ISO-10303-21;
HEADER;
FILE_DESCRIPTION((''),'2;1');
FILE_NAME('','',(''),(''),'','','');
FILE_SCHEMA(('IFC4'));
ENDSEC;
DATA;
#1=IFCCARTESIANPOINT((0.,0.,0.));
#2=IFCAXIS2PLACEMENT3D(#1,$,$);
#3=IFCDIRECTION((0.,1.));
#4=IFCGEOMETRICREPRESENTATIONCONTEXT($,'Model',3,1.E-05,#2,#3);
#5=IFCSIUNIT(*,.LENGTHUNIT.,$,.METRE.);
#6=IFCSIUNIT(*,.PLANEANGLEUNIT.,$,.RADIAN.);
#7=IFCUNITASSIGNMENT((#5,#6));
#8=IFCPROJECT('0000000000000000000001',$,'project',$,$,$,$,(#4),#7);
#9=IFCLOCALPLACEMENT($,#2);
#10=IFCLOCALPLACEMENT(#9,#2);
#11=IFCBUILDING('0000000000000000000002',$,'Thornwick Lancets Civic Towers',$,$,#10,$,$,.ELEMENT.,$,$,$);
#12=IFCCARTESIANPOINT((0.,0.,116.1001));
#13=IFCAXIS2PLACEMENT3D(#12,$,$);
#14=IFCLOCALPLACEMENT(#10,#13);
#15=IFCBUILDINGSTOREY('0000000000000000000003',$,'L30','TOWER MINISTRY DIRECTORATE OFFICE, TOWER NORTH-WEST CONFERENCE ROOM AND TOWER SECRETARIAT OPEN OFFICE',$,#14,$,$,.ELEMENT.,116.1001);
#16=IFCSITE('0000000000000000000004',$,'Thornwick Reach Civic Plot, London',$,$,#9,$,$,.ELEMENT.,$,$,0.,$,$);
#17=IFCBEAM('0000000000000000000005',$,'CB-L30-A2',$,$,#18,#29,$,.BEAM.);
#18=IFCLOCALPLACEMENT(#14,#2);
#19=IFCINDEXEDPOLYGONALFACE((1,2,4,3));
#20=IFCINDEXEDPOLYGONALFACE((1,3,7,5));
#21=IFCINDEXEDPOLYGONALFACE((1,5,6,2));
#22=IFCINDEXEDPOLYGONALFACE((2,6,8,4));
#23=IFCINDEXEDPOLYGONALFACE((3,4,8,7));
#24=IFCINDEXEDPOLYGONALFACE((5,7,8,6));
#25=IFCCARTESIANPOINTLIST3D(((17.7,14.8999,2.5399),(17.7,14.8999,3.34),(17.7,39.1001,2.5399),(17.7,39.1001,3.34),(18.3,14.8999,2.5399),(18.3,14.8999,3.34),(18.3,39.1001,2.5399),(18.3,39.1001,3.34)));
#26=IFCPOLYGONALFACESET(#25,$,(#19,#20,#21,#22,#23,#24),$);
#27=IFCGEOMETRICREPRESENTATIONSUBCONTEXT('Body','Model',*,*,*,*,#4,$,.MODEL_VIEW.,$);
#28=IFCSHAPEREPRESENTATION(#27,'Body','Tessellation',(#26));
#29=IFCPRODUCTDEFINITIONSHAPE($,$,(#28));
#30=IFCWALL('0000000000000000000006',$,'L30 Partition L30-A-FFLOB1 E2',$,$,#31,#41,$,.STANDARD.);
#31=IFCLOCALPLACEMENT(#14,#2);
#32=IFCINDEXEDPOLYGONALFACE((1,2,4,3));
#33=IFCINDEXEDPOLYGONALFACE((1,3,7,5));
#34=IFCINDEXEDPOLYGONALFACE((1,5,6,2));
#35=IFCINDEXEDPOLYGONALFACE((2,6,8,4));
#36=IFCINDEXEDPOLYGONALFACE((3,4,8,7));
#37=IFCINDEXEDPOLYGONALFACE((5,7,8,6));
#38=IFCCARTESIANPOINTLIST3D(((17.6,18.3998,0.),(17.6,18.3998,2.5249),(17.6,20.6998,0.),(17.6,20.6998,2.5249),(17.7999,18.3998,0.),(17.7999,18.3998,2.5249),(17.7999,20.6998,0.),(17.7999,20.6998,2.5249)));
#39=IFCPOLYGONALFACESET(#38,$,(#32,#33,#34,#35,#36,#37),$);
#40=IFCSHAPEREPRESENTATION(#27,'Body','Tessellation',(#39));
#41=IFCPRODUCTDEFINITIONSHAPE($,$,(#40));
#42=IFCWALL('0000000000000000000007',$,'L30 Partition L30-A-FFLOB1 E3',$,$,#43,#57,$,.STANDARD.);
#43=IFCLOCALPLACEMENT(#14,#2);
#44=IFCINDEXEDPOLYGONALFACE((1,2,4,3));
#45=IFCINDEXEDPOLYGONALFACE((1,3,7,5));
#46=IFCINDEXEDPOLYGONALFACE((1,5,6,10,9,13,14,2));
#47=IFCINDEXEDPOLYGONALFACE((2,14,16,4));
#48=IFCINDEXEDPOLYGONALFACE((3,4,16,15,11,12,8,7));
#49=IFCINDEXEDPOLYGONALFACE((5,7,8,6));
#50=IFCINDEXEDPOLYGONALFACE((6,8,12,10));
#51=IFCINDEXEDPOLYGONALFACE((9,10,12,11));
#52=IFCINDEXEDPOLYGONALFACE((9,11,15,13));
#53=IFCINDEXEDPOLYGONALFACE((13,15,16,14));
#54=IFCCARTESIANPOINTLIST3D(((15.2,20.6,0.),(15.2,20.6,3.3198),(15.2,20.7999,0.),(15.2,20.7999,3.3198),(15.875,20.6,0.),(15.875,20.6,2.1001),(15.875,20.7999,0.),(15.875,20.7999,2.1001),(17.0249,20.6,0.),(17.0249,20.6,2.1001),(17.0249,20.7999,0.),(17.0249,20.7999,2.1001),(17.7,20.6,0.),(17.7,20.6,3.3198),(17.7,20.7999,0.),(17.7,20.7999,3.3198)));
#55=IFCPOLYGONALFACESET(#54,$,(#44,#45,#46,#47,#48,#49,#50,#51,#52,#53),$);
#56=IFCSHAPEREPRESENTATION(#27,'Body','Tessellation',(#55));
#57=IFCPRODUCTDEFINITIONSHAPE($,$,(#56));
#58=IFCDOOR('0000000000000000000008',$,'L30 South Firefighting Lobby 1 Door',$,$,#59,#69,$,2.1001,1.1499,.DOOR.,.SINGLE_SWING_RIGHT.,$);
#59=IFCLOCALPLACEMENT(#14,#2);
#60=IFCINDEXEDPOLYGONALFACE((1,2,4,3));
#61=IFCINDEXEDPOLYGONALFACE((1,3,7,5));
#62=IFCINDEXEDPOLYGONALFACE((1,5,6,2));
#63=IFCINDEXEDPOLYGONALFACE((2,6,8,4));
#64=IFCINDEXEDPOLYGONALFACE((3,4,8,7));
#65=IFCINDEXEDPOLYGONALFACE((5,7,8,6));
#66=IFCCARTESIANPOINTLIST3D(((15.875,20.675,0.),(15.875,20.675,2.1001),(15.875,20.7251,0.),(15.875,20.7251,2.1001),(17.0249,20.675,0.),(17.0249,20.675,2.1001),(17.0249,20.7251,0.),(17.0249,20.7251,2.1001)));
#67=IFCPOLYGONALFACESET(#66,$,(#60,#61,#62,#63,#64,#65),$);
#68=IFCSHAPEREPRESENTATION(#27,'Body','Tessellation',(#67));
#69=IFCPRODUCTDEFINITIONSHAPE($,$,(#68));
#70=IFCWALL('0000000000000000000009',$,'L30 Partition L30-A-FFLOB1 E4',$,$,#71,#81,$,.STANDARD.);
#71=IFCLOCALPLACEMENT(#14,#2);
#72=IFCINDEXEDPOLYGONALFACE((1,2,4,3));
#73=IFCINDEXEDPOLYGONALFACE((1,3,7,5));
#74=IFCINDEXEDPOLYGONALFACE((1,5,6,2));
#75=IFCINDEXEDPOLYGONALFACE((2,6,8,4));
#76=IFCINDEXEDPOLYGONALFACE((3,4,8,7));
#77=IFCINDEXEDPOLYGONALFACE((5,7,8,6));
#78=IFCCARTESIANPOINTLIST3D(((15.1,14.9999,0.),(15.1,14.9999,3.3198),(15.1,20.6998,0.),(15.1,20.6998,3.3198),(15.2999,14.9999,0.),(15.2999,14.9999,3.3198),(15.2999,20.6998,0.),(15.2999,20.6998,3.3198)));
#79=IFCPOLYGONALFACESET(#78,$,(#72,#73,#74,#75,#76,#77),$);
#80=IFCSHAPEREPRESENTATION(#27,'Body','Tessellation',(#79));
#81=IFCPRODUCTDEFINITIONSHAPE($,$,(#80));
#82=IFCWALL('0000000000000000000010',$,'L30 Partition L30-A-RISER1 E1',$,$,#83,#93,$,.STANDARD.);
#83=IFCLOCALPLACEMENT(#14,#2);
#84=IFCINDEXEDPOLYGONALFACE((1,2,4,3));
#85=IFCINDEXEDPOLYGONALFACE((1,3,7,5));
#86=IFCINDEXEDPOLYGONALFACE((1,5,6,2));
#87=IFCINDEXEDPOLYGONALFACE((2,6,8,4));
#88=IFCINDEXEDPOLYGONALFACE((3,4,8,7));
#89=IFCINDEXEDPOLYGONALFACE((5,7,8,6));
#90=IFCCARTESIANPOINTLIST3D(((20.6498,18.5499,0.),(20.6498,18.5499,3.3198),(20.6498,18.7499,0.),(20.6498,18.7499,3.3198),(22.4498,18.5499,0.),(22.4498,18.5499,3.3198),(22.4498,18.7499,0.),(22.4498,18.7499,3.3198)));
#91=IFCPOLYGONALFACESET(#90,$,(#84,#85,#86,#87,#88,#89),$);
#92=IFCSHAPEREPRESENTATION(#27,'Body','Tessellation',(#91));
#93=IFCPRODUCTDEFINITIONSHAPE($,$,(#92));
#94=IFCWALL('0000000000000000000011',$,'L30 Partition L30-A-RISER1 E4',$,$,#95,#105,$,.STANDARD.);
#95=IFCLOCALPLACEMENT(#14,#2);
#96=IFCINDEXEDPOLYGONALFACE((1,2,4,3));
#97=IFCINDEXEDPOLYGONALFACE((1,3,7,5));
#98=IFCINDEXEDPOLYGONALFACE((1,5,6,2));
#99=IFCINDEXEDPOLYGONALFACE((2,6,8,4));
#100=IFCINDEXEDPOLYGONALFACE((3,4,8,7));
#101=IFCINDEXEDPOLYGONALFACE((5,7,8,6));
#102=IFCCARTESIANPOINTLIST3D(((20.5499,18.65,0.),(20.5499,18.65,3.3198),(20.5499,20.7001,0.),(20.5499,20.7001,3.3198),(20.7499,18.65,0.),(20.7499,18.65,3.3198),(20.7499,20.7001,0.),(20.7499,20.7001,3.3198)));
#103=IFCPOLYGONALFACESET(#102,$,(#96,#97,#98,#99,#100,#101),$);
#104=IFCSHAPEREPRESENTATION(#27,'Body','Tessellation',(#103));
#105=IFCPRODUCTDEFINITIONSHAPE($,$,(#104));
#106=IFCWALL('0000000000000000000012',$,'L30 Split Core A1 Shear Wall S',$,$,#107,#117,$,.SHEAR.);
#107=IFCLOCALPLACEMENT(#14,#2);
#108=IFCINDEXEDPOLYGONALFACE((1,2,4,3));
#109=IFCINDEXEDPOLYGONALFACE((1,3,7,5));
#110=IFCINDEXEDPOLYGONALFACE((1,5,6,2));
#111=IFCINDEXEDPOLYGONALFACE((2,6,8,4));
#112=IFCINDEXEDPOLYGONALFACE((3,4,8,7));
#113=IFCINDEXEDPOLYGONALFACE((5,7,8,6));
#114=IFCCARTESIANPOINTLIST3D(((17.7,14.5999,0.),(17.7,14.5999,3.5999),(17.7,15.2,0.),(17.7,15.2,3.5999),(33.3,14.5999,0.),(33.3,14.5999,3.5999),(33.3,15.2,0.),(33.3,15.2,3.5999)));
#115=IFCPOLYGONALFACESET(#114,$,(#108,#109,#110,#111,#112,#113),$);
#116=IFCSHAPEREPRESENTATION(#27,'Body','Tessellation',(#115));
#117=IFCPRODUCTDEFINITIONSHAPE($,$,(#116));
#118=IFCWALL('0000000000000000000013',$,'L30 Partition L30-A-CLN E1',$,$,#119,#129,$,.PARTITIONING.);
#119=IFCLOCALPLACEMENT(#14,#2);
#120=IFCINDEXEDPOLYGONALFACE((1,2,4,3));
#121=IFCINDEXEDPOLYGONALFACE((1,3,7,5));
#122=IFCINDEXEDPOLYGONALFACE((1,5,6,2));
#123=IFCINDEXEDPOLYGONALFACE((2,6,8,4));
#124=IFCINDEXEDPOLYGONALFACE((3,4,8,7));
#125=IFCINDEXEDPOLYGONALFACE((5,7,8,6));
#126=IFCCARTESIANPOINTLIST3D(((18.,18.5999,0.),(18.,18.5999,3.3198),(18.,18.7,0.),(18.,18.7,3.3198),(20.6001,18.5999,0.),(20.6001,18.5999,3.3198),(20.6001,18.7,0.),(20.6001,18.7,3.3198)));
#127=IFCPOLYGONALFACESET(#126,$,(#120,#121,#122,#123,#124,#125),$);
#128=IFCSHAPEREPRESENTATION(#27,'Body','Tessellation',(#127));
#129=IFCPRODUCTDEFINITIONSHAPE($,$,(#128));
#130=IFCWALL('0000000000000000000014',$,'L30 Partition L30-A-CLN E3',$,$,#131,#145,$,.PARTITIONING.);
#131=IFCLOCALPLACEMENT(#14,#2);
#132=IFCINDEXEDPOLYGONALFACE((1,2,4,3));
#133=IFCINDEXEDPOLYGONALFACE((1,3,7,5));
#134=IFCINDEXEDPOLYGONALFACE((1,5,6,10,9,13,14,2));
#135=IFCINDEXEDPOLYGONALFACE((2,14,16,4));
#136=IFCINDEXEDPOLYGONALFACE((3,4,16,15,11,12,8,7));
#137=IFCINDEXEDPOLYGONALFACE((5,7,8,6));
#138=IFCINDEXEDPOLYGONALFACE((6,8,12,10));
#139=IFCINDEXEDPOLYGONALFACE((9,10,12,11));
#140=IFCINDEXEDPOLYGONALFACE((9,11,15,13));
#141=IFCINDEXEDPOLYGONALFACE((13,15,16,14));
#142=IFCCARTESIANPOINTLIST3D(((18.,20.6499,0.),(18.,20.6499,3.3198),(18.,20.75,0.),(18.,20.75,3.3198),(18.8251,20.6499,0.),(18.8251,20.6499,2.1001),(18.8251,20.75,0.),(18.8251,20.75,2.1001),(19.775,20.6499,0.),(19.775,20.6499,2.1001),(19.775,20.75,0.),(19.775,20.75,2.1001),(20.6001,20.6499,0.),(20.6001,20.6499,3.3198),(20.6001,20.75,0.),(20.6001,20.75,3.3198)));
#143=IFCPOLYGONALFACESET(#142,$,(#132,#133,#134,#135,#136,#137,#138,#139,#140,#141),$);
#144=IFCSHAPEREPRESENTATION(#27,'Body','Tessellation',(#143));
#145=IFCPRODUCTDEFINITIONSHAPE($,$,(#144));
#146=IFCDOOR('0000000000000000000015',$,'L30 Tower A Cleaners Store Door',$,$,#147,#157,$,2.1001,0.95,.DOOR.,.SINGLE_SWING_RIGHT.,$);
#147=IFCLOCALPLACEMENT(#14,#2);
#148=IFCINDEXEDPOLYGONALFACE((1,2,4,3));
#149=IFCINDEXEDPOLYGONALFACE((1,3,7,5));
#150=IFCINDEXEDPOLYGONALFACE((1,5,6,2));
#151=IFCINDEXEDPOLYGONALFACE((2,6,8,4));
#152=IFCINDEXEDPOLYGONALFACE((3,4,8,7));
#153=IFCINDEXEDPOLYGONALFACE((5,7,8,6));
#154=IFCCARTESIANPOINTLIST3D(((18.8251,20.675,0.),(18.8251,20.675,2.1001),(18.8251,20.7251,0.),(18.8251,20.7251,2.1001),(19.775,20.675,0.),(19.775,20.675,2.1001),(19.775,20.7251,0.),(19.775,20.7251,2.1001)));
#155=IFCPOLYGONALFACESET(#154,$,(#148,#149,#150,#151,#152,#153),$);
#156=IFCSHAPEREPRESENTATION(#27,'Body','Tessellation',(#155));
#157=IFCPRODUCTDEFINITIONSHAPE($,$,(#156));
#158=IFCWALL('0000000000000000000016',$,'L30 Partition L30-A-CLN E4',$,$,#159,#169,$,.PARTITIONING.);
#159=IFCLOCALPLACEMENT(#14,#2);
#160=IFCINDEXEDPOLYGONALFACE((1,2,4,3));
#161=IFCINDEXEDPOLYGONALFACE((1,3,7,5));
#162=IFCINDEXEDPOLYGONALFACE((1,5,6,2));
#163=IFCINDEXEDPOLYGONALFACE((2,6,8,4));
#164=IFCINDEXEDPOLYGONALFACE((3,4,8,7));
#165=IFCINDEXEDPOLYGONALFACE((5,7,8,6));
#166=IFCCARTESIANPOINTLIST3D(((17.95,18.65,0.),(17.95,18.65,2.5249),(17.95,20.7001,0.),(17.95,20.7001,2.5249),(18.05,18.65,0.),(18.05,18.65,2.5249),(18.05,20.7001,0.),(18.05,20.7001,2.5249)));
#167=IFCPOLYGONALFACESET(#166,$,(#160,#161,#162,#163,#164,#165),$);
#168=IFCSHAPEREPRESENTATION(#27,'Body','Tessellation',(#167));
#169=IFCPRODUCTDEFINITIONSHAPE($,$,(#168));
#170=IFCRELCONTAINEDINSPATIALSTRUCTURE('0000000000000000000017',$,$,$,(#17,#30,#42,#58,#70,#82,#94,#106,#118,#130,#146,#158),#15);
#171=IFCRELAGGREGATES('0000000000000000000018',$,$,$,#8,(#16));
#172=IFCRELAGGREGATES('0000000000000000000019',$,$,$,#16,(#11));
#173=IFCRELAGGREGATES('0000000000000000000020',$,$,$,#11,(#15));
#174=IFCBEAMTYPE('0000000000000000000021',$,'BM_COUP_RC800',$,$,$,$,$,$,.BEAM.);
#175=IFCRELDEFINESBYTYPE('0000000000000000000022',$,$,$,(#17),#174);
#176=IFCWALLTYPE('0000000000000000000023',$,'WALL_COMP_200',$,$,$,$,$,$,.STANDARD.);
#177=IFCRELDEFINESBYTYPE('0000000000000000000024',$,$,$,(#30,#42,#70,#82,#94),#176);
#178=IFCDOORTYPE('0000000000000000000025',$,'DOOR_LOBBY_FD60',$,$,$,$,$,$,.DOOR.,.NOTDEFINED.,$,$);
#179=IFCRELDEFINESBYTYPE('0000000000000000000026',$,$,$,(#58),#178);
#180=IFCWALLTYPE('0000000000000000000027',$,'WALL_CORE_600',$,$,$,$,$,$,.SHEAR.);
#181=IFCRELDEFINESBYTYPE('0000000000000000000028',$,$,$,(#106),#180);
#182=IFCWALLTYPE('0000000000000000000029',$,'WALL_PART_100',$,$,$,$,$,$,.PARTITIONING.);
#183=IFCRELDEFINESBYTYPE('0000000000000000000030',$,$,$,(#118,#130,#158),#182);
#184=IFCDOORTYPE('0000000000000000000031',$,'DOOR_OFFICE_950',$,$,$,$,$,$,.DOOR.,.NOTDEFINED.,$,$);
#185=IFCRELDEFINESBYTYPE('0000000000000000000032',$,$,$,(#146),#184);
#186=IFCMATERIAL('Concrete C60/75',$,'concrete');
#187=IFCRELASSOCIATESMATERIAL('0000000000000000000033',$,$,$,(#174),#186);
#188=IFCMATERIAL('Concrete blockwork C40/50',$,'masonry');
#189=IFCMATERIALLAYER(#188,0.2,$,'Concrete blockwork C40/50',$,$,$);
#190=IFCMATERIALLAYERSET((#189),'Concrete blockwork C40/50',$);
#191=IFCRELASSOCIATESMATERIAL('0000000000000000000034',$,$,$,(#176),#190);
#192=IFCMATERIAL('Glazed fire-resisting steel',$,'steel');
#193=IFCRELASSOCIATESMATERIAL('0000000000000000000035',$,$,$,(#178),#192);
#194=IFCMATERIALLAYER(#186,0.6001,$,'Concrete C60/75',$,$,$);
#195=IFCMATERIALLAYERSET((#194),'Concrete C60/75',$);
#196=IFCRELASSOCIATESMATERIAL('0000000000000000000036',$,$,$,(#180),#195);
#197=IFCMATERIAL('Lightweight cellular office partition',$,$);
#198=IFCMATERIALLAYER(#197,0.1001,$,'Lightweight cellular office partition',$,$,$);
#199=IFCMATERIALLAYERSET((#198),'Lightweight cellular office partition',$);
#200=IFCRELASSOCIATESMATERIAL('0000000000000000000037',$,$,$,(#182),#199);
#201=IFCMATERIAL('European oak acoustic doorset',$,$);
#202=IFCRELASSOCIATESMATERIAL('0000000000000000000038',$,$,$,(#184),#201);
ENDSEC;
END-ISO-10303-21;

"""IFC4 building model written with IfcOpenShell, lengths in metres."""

from ifc_helpers import new_model, si_unit, direction, frame, frame_2d, origin, origin_2d, place, context, subcontext, project, spatial, rectangle, extrude, material, layer, layer_set, material_profile, profile_set, type_object, element, fill, save


model = new_model("IFC4")

# Units and contexts
model_context = context("Model", 3, precision=1e-05, world=origin(), true_north=direction((0.0, 1.0)))
body_context = subcontext(model_context, "Body", "Model", "MODEL_VIEW")
ifc_project = project(units=[si_unit("LENGTHUNIT", "METRE"), si_unit("PLANEANGLEUNIT", "RADIAN")], contexts=[model_context])

# Site, building, storey
site_placement = place(None, origin())
site = spatial("IfcSite", under=ifc_project, at=site_placement, Name="Thornwick Reach Civic Plot, London", CompositionType="ELEMENT", RefElevation=0.0)
building_placement = place(site_placement, origin())
building = spatial("IfcBuilding", under=site, at=building_placement, Name="Thornwick Lancets Civic Towers", CompositionType="ELEMENT")
storey_placement = place(building_placement, frame((0.0, 0.0, 116.1001)))
storey = spatial("IfcBuildingStorey", under=building, at=storey_placement, Name="L30", Description="TOWER MINISTRY DIRECTORATE OFFICE, TOWER NORTH-WEST CONFERENCE ROOM AND TOWER SECRETARIAT OPEN OFFICE", CompositionType="ELEMENT", Elevation=116.1001)

# Beam
ifc_material_1 = material(Name="Concrete C60/75", Category="concrete")
ifc_material_profile = material_profile(ifc_material_1, rectangle(XDim=0.6001, YDim=0.8, at=origin_2d()), Name="RC 600x800")
ifc_profile_set = profile_set([ifc_material_profile], Name="Concrete C60/75")
beam_type = type_object("IfcBeamType", Name="BM_COUP_RC800", PredefinedType="BEAM", material=ifc_profile_set)
beam_placement = place(storey_placement, frame((18.0, 14.8999, 2.9399), z_axis=(0.0, 1.0, 0.0), x_axis=(-1.0, 0.0, 0.0)))
element("IfcBeam", 1, at=beam_placement, inside=storey, type_object=beam_type, Name="CB-L30-A2", PredefinedType="BEAM", context=body_context, shape_type="SweptSolid", body=[
    extrude(rectangle(XDim=0.6001, YDim=0.8, at=origin_2d()), origin(), (0.0, 0.0, 1.0), 24.2002),
])

# Wall
ifc_material_2 = material(Name="Concrete blockwork C40/50", Category="masonry")
ifc_layer_1 = layer(ifc_material_2, 0.2, Name="Concrete blockwork C40/50")
ifc_layer_set_1 = layer_set([ifc_layer_1], Name="Concrete blockwork C40/50")
wall_type_1 = type_object("IfcWallType", Name="WALL_COMP_200", PredefinedType="STANDARD", material=ifc_layer_set_1)
wall_1_placement = place(storey_placement, frame((17.7, 18.3999, 0.0), z_axis=(0.0, 0.0, 1.0), x_axis=(0.0, 1.0, 0.0)))
element("IfcWall", 2, at=wall_1_placement, inside=storey, type_object=wall_type_1, Name="L30 Partition L30-A-FFLOB1 E2", PredefinedType="STANDARD", context=body_context, shape_type="SweptSolid", body=[
    extrude(rectangle(XDim=2.3, YDim=0.2, at=frame_2d((1.1499, 0.0))), origin(), (0.0, 0.0, 1.0), 2.5249),
])

# Wall, opening, door
wall_2_placement = place(storey_placement, frame((17.7, 20.7, 0.0), z_axis=(0.0, 0.0, 1.0), x_axis=(-1.0, 0.0, 0.0)))
wall_2 = element("IfcWall", 3, at=wall_2_placement, inside=storey, type_object=wall_type_1, Name="L30 Partition L30-A-FFLOB1 E3", PredefinedType="STANDARD", context=body_context, shape_type="SweptSolid", body=[
    extrude(rectangle(XDim=2.5, YDim=0.2, at=frame_2d((1.25, 0.0))), origin(), (0.0, 0.0, 1.0), 3.3198),
])
opening_1_placement = place(wall_2_placement, frame((0.675, 0.0, 0.0)))
opening_1 = element("IfcOpeningElement", 4, at=opening_1_placement, cuts=wall_2, PredefinedType="OPENING", context=body_context, shape_type="SweptSolid", body=[
    extrude(rectangle(XDim=1.1499, YDim=2.1001, at=frame_2d((0.575, 1.05))), frame((0.0, 0.1099, 0.0), z_axis=(0.0, -1.0, 0.0), x_axis=(1.0, 0.0, 0.0)), (0.0, 0.0, 1.0), 0.22),
])
ifc_material_3 = material(Name="Glazed fire-resisting steel", Category="steel")
door_type_1 = type_object("IfcDoorType", Name="DOOR_LOBBY_FD60", OperationType="NOTDEFINED", PredefinedType="DOOR", material=ifc_material_3)
door_1_placement = place(opening_1_placement, origin())
door_1 = element("IfcDoor", 5, at=door_1_placement, inside=storey, type_object=door_type_1, Name="L30 South Firefighting Lobby 1 Door", OperationType="SINGLE_SWING_RIGHT", OverallHeight=2.1001, OverallWidth=1.1499, PredefinedType="DOOR", context=body_context, shape_type="SweptSolid", body=[
    extrude(rectangle(XDim=1.1499, YDim=2.1001, at=frame_2d((0.575, 1.05))), frame((0.0, 0.0249, 0.0), z_axis=(0.0, -1.0, 0.0), x_axis=(1.0, 0.0, 0.0)), (0.0, 0.0, 1.0), 0.05),
])
fill(opening_1, door_1)

# Walls
wall_3_placement = place(storey_placement, frame((15.2, 20.7, 0.0), z_axis=(0.0, 0.0, 1.0), x_axis=(0.0, -1.0, 0.0)))
element("IfcWall", 6, at=wall_3_placement, inside=storey, type_object=wall_type_1, Name="L30 Partition L30-A-FFLOB1 E4", PredefinedType="STANDARD", context=body_context, shape_type="SweptSolid", body=[
    extrude(rectangle(XDim=5.7, YDim=0.2, at=frame_2d((2.8501, 0.0))), origin(), (0.0, 0.0, 1.0), 3.3198),
])
wall_4_placement = place(storey_placement, frame((20.6499, 18.6499, 0.0), z_axis=(0.0, 0.0, 1.0), x_axis=(1.0, 0.0, 0.0)))
element("IfcWall", 7, at=wall_4_placement, inside=storey, type_object=wall_type_1, Name="L30 Partition L30-A-RISER1 E1", PredefinedType="STANDARD", context=body_context, shape_type="SweptSolid", body=[
    extrude(rectangle(XDim=1.8, YDim=0.2, at=frame_2d((0.8999, 0.0))), origin(), (0.0, 0.0, 1.0), 3.3198),
])
wall_5_placement = place(storey_placement, frame((20.6499, 20.7, 0.0), z_axis=(0.0, 0.0, 1.0), x_axis=(0.0, -1.0, 0.0)))
element("IfcWall", 8, at=wall_5_placement, inside=storey, type_object=wall_type_1, Name="L30 Partition L30-A-RISER1 E4", PredefinedType="STANDARD", context=body_context, shape_type="SweptSolid", body=[
    extrude(rectangle(XDim=2.05, YDim=0.2, at=frame_2d((1.0249, 0.0))), origin(), (0.0, 0.0, 1.0), 3.3198),
])
ifc_layer_2 = layer(ifc_material_1, 0.6001, Name="Concrete C60/75")
ifc_layer_set_2 = layer_set([ifc_layer_2], Name="Concrete C60/75")
wall_type_2 = type_object("IfcWallType", Name="WALL_CORE_600", PredefinedType="SHEAR", material=ifc_layer_set_2)
wall_6_placement = place(storey_placement, frame((17.7, 14.8999, 0.0), z_axis=(0.0, 0.0, 1.0), x_axis=(1.0, 0.0, 0.0)))
element("IfcWall", 9, at=wall_6_placement, inside=storey, type_object=wall_type_2, Name="L30 Split Core A1 Shear Wall S", PredefinedType="SHEAR", context=body_context, shape_type="SweptSolid", body=[
    extrude(rectangle(XDim=15.6001, YDim=0.6001, at=frame_2d((7.8, 0.0))), origin(), (0.0, 0.0, 1.0), 3.5999),
])
ifc_material_4 = material(Name="Lightweight cellular office partition")
ifc_layer_3 = layer(ifc_material_4, 0.1001, Name="Lightweight cellular office partition")
ifc_layer_set_3 = layer_set([ifc_layer_3], Name="Lightweight cellular office partition")
wall_type_3 = type_object("IfcWallType", Name="WALL_PART_100", PredefinedType="PARTITIONING", material=ifc_layer_set_3)
wall_7_placement = place(storey_placement, frame((18.0, 18.6499, 0.0), z_axis=(0.0, 0.0, 1.0), x_axis=(1.0, 0.0, 0.0)))
element("IfcWall", 10, at=wall_7_placement, inside=storey, type_object=wall_type_3, Name="L30 Partition L30-A-CLN E1", PredefinedType="PARTITIONING", context=body_context, shape_type="SweptSolid", body=[
    extrude(rectangle(XDim=2.6001, YDim=0.1001, at=frame_2d((1.3, 0.0))), origin(), (0.0, 0.0, 1.0), 3.3198),
])

# Wall, opening, door
wall_8_placement = place(storey_placement, frame((20.6001, 20.7, 0.0), z_axis=(0.0, 0.0, 1.0), x_axis=(-1.0, 0.0, 0.0)))
wall_8 = element("IfcWall", 11, at=wall_8_placement, inside=storey, type_object=wall_type_3, Name="L30 Partition L30-A-CLN E3", PredefinedType="PARTITIONING", context=body_context, shape_type="SweptSolid", body=[
    extrude(rectangle(XDim=2.6001, YDim=0.1001, at=frame_2d((1.3, 0.0))), origin(), (0.0, 0.0, 1.0), 3.3198),
])
opening_2_placement = place(wall_8_placement, frame((0.825, 0.0, 0.0)))
opening_2 = element("IfcOpeningElement", 12, at=opening_2_placement, cuts=wall_8, PredefinedType="OPENING", context=body_context, shape_type="SweptSolid", body=[
    extrude(rectangle(XDim=0.95, YDim=2.1001, at=frame_2d((0.4751, 1.05))), frame((0.0, 0.0601, 0.0), z_axis=(0.0, -1.0, 0.0), x_axis=(1.0, 0.0, 0.0)), (0.0, 0.0, 1.0), 0.1201),
])
ifc_material_5 = material(Name="European oak acoustic doorset")
door_type_2 = type_object("IfcDoorType", Name="DOOR_OFFICE_950", OperationType="NOTDEFINED", PredefinedType="DOOR", material=ifc_material_5)
door_2_placement = place(opening_2_placement, origin())
door_2 = element("IfcDoor", 13, at=door_2_placement, inside=storey, type_object=door_type_2, Name="L30 Tower A Cleaners Store Door", OperationType="SINGLE_SWING_RIGHT", OverallHeight=2.1001, OverallWidth=0.95, PredefinedType="DOOR", context=body_context, shape_type="SweptSolid", body=[
    extrude(rectangle(XDim=0.95, YDim=2.1001, at=frame_2d((0.4751, 1.05))), frame((0.0, 0.0249, 0.0), z_axis=(0.0, -1.0, 0.0), x_axis=(1.0, 0.0, 0.0)), (0.0, 0.0, 1.0), 0.05),
])
fill(opening_2, door_2)

# Wall
wall_9_placement = place(storey_placement, frame((18.0, 20.7, 0.0), z_axis=(0.0, 0.0, 1.0), x_axis=(0.0, -1.0, 0.0)))
element("IfcWall", 14, at=wall_9_placement, inside=storey, type_object=wall_type_3, Name="L30 Partition L30-A-CLN E4", PredefinedType="PARTITIONING", context=body_context, shape_type="SweptSolid", body=[
    extrude(rectangle(XDim=2.05, YDim=0.1001, at=frame_2d((1.0249, 0.0))), origin(), (0.0, 0.0, 1.0), 2.5249),
])

save(model, "model.ifc")
